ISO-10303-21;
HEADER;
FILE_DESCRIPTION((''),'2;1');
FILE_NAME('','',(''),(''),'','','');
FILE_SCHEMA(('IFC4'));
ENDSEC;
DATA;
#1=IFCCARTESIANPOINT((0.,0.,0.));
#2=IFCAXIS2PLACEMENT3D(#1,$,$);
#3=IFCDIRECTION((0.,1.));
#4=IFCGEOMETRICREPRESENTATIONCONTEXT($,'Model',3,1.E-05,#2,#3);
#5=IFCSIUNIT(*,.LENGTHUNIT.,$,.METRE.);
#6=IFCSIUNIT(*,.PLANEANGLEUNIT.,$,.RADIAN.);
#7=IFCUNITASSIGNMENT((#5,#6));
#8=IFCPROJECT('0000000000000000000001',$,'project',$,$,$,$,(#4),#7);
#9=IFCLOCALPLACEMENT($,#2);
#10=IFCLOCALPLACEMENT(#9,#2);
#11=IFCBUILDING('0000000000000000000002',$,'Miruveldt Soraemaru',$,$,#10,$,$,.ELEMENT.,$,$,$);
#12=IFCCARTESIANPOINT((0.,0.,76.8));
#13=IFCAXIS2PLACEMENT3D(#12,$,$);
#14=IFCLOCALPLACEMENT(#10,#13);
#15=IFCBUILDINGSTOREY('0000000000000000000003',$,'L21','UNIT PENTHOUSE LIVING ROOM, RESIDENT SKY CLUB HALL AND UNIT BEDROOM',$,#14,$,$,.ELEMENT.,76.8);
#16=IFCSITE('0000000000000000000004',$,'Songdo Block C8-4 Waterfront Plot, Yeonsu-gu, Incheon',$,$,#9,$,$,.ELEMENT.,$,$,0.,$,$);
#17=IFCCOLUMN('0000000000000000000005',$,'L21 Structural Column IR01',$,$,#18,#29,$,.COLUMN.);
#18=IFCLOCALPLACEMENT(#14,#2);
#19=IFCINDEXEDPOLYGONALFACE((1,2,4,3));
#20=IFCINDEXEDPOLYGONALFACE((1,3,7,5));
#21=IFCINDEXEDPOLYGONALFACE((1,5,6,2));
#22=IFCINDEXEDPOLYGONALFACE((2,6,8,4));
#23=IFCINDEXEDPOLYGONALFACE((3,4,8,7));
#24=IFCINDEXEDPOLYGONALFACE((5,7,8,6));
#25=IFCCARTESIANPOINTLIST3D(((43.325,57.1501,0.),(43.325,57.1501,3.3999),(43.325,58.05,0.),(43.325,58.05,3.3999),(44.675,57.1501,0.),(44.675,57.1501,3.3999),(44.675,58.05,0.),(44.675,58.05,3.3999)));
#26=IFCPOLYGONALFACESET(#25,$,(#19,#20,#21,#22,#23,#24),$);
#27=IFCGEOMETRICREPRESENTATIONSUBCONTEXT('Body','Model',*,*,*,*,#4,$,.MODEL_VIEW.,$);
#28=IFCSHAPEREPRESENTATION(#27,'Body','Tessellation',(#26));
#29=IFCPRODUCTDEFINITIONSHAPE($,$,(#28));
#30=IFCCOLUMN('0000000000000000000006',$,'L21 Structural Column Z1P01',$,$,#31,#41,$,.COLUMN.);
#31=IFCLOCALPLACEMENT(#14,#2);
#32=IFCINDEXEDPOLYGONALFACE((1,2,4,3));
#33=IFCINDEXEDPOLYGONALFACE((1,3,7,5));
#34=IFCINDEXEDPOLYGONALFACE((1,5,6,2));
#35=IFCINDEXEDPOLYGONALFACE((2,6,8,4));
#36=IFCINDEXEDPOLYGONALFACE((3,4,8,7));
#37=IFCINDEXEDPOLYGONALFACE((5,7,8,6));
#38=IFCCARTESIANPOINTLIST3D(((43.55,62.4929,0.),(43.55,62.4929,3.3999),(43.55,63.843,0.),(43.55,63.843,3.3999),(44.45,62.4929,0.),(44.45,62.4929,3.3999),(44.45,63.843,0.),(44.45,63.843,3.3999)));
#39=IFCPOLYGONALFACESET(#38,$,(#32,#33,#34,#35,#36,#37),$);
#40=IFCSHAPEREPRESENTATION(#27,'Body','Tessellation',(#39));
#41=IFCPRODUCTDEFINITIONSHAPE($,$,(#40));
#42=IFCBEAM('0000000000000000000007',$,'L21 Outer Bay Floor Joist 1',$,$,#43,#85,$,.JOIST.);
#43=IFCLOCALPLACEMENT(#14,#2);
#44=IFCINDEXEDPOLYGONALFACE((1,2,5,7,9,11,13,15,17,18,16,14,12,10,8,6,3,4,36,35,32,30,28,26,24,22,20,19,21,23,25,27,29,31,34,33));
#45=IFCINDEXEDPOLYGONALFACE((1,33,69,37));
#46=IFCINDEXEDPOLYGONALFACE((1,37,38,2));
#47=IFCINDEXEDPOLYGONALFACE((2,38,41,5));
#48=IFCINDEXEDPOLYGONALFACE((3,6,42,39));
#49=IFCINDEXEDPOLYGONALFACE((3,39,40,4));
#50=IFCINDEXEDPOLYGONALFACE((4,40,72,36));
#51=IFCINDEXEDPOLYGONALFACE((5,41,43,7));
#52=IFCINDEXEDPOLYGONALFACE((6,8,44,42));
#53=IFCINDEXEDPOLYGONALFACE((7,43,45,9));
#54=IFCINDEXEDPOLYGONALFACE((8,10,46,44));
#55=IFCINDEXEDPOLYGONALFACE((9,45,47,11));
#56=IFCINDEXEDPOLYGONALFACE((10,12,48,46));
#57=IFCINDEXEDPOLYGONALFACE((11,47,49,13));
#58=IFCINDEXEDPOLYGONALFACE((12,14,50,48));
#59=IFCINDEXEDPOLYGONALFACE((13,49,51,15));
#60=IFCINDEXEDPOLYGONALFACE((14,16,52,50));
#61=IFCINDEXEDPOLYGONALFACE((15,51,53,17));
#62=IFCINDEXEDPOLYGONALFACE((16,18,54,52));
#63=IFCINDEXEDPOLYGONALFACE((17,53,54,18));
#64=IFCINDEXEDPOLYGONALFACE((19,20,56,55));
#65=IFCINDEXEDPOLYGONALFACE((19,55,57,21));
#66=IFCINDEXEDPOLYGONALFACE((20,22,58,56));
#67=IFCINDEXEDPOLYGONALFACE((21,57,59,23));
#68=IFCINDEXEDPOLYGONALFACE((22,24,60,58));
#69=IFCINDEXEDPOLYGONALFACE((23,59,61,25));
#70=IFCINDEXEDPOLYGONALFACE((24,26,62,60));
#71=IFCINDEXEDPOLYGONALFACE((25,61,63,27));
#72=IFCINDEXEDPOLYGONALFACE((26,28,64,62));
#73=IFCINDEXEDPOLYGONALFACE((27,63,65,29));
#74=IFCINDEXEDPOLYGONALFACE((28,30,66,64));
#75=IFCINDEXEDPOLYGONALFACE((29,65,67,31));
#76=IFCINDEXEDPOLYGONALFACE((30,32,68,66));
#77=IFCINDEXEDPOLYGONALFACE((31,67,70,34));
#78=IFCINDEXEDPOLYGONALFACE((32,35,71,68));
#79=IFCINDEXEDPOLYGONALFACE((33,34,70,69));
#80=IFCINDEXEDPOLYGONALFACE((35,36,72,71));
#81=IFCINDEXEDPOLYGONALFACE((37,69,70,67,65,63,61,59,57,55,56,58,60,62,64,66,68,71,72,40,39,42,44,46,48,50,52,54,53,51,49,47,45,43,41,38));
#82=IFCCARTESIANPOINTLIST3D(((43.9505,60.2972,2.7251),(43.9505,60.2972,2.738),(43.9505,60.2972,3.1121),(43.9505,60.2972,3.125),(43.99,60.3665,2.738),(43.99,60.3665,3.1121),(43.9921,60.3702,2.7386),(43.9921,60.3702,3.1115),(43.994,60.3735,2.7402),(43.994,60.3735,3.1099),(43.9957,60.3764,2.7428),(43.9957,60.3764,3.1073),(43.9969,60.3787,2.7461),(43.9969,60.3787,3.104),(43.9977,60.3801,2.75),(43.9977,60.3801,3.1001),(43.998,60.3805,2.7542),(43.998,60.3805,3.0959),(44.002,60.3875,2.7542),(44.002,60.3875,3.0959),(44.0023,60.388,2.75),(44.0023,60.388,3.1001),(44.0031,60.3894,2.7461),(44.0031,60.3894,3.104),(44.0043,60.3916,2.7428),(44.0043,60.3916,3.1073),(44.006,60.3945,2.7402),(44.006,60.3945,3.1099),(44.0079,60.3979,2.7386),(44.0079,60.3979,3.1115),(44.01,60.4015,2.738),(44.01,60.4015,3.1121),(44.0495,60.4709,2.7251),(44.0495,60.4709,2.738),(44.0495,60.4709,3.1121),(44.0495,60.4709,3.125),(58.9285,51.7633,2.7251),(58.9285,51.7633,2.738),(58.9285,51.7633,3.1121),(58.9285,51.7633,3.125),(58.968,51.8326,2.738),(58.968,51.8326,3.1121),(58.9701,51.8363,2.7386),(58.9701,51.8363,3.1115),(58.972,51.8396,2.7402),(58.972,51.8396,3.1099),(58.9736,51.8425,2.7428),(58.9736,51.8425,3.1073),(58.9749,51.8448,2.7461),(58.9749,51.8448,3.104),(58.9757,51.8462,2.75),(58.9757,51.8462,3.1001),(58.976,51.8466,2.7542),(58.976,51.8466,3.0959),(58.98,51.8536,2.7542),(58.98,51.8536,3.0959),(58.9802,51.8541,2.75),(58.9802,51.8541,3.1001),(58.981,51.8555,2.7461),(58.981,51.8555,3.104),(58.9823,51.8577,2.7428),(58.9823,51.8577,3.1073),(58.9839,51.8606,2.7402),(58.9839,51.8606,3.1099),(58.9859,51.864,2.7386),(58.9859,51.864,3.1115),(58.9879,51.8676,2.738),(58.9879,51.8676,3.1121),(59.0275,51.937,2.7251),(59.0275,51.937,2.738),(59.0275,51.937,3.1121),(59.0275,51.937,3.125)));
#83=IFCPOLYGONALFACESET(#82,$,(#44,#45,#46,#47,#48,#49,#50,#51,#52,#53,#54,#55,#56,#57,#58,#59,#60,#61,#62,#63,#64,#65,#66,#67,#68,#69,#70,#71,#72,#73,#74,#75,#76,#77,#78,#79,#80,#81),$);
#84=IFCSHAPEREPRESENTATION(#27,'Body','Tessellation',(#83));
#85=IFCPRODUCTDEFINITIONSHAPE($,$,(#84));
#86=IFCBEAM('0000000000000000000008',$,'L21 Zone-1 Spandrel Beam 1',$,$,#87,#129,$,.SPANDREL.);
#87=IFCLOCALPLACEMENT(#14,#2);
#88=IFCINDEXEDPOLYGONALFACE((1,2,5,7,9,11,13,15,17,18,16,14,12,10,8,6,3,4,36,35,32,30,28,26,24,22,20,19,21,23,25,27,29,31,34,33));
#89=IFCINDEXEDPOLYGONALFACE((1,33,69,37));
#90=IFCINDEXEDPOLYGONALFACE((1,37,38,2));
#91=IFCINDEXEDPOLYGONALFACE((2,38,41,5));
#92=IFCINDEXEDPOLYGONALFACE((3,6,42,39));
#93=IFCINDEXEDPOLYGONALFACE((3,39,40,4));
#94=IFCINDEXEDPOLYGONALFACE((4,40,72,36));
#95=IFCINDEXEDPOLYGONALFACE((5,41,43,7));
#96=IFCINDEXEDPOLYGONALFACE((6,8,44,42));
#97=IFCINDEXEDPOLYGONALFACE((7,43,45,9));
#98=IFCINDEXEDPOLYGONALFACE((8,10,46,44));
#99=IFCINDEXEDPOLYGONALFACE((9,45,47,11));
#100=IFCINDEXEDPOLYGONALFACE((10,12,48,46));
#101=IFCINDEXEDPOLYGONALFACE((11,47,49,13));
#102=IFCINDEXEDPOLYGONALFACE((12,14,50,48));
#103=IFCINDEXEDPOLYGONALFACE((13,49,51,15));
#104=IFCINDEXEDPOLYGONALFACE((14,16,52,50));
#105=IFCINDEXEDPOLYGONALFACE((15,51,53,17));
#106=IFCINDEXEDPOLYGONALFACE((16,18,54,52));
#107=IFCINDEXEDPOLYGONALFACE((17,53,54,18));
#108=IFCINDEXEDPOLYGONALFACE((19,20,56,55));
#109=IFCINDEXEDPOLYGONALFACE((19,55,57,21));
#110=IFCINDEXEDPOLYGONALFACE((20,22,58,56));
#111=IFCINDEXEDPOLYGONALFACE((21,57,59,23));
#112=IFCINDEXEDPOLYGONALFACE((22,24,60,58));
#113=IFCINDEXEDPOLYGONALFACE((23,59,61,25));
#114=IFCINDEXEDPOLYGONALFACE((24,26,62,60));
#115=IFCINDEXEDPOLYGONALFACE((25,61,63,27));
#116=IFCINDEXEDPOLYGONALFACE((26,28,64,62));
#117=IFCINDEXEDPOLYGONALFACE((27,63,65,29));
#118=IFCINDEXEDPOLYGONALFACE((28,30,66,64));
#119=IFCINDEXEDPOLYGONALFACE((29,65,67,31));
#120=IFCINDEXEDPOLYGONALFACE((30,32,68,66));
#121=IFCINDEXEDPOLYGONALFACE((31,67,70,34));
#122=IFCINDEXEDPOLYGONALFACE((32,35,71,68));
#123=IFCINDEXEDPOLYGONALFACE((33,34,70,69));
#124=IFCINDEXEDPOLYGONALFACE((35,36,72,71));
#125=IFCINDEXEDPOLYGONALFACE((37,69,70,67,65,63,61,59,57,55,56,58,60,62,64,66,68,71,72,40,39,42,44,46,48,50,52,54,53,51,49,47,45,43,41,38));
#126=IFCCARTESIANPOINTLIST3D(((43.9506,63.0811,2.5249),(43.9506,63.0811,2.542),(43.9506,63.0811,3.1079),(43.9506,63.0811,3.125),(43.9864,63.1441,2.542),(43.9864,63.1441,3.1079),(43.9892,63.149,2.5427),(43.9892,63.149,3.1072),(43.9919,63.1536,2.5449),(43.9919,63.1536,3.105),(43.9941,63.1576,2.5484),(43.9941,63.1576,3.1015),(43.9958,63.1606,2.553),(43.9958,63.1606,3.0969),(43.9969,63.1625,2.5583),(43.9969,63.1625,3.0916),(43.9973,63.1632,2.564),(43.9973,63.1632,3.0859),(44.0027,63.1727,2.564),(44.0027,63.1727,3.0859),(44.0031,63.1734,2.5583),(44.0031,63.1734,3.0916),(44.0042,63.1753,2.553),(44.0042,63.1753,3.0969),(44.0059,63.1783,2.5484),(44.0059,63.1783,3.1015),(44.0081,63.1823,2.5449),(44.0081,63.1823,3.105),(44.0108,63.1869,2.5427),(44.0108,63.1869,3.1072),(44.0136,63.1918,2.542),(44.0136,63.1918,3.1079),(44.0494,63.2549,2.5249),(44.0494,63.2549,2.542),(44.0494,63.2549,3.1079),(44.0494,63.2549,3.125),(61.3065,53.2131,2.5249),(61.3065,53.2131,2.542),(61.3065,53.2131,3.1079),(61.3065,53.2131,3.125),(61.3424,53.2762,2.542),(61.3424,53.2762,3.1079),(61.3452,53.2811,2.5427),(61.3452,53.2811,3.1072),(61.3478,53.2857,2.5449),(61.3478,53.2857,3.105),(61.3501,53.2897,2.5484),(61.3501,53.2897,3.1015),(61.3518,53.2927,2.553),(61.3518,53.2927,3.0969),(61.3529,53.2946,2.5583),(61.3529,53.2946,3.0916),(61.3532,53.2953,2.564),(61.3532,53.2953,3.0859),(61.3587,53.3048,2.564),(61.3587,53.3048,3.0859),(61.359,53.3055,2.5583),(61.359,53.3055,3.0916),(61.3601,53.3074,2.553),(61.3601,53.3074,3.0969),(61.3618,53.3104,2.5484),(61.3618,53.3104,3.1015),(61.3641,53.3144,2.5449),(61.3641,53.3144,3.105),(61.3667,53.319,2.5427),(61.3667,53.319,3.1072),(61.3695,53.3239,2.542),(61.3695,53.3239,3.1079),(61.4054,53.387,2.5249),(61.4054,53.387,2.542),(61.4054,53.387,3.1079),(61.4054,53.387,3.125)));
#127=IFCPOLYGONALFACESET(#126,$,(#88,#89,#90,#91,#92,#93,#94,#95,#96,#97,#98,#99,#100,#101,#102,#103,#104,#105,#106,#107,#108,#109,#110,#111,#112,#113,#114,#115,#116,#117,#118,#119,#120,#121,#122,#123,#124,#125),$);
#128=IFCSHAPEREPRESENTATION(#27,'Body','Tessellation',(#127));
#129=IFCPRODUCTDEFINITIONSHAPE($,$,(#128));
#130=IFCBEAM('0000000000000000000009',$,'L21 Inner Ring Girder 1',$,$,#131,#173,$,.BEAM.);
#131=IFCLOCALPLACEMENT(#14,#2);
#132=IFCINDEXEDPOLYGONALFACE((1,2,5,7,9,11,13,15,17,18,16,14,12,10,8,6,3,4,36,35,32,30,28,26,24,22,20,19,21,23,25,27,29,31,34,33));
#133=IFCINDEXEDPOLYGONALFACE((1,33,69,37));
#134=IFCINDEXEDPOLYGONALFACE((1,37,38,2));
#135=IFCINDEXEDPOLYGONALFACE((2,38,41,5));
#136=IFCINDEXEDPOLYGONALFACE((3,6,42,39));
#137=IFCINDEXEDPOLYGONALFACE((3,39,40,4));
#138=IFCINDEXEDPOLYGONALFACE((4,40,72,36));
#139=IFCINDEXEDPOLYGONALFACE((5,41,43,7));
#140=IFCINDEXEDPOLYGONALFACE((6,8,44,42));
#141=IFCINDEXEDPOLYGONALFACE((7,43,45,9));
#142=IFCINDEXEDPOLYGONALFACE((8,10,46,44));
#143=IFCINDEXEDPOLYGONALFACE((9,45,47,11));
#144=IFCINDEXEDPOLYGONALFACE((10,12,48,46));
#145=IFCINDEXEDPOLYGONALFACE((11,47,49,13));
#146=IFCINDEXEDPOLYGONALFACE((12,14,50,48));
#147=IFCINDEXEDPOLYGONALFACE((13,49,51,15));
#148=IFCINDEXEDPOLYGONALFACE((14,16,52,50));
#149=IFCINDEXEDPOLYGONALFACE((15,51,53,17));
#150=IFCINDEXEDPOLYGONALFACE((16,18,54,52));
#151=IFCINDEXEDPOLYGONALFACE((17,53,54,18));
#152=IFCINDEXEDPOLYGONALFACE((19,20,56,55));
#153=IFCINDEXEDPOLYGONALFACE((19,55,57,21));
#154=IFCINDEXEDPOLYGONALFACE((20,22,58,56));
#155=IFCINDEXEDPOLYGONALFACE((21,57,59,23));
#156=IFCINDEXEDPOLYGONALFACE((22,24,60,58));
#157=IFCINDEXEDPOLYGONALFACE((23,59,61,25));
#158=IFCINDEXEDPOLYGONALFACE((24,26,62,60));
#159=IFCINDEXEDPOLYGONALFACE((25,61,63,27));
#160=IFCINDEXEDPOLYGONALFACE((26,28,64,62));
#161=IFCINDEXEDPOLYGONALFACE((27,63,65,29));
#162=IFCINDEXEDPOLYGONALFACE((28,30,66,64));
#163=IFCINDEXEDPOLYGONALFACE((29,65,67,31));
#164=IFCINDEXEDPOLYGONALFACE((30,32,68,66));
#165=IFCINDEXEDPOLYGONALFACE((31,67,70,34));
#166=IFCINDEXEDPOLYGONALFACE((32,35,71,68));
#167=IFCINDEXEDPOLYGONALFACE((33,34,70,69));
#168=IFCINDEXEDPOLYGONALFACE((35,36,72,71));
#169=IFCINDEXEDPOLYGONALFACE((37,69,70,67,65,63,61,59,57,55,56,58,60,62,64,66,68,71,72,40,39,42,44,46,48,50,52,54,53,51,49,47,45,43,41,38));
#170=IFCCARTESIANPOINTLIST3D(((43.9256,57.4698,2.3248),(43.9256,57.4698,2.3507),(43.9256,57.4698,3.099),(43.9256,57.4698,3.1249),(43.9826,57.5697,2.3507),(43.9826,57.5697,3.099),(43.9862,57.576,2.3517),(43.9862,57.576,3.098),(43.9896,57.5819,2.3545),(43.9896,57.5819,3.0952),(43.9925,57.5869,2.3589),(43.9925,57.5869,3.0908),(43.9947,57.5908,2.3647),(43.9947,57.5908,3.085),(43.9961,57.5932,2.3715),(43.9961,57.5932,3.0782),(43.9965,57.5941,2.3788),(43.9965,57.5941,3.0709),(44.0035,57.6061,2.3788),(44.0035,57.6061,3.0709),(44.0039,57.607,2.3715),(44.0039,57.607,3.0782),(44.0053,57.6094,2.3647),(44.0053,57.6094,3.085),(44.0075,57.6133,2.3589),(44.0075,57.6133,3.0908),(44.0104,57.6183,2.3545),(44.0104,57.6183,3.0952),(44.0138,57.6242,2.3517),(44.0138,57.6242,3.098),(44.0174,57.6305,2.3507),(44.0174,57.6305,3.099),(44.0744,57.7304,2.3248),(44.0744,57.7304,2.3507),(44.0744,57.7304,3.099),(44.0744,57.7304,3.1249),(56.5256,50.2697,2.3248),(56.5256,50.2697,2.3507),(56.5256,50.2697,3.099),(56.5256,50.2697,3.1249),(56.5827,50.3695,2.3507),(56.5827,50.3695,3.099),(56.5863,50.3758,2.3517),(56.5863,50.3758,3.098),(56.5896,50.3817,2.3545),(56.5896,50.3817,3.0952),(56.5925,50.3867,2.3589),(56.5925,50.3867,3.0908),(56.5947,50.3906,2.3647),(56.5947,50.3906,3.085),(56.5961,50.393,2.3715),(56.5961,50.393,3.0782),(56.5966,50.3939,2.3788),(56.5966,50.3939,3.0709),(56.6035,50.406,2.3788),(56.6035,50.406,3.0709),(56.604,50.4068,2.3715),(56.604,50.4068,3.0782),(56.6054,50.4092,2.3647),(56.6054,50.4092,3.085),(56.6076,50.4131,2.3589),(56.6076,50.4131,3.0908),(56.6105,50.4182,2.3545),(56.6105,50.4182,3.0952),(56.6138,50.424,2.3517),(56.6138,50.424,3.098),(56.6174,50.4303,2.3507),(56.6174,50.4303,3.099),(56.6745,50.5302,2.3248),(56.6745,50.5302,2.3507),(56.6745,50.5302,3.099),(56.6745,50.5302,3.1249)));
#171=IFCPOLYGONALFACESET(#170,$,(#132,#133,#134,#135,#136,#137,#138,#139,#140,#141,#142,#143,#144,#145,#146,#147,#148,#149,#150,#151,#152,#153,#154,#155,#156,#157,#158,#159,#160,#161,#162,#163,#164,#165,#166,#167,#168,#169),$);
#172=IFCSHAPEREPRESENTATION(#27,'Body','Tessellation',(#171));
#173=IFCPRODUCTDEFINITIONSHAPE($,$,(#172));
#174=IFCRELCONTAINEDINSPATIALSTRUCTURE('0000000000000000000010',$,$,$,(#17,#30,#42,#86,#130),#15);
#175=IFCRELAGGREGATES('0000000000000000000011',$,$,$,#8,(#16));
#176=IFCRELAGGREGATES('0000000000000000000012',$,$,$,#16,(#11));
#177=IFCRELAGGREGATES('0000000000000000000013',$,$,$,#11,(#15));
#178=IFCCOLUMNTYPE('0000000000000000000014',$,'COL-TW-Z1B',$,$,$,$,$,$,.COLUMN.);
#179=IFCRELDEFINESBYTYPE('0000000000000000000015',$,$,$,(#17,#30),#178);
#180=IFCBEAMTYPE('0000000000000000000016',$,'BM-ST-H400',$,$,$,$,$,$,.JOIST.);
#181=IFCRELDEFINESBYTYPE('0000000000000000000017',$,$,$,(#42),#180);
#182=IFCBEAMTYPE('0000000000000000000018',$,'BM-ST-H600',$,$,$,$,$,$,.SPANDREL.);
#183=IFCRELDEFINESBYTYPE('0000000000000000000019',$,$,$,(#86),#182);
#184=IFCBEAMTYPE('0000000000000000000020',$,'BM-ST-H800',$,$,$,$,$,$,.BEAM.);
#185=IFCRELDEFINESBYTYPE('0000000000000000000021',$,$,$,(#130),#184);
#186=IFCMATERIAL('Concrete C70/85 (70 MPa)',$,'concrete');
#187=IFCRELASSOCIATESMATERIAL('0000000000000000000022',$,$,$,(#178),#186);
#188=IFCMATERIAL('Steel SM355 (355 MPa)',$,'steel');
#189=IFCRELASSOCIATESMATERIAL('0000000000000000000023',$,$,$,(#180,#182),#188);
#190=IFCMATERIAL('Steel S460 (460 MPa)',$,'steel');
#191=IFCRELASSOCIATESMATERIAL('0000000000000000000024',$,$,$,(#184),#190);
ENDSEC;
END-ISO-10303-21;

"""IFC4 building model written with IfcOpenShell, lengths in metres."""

from ifc_helpers import new_model, si_unit, direction, frame, origin, origin_2d, place, context, subcontext, project, spatial, rectangle, i_section, extrude, material, material_profile, profile_set, type_object, element, save


model = new_model("IFC4")

# Units and contexts
model_context = context("Model", 3, precision=1e-05, world=origin(), true_north=direction((0.0, 1.0)))
body_context = subcontext(model_context, "Body", "Model", "MODEL_VIEW")
ifc_project = project(units=[si_unit("LENGTHUNIT", "METRE"), si_unit("PLANEANGLEUNIT", "RADIAN")], contexts=[model_context])

# Site, building, storey
site_placement = place(None, origin())
site = spatial("IfcSite", under=ifc_project, at=site_placement, Name="Songdo Block C8-4 Waterfront Plot, Yeonsu-gu, Incheon", CompositionType="ELEMENT", RefElevation=0.0)
building_placement = place(site_placement, origin())
building = spatial("IfcBuilding", under=site, at=building_placement, Name="Miruveldt Soraemaru", CompositionType="ELEMENT")
storey_placement = place(building_placement, frame((0.0, 0.0, 76.8)))
storey = spatial("IfcBuildingStorey", under=building, at=storey_placement, Name="L21", Description="UNIT PENTHOUSE LIVING ROOM, RESIDENT SKY CLUB HALL AND UNIT BEDROOM", CompositionType="ELEMENT", Elevation=76.8)

# Columns
ifc_material_1 = material(Name="Concrete C70/85 (70 MPa)", Category="concrete")
ifc_material_profile_1 = material_profile(ifc_material_1, rectangle(XDim=1.3501, YDim=0.8999, at=origin_2d()), Name="Concrete C70/85 (70 MPa)", Category="concrete")
ifc_profile_set_1 = profile_set([ifc_material_profile_1], Name="Concrete C70/85 (70 MPa)")
column_type = type_object("IfcColumnType", Name="COL-TW-Z1B", PredefinedType="COLUMN", material=ifc_profile_set_1)
for number, where, z_axis, x_axis, name in (
    (1, (44.0, 57.6001, 0.0), (0.0, 0.0, 1.0), (1.0, 0.0, 0.0), "L21 Structural Column IR01"),
    (2, (44.0, 63.168, 0.0), (0.0, 0.0, 1.0), (0.0, 1.0, 0.0), "L21 Structural Column Z1P01"),
):
    element("IfcColumn", number, at=place(storey_placement, frame(where, z_axis=z_axis, x_axis=x_axis)), inside=storey, type_object=column_type, Name=name, PredefinedType="COLUMN", context=body_context, shape_type="SweptSolid", body=[
        extrude(rectangle(XDim=1.3501, YDim=0.8999, at=origin_2d()), origin(), (0.0, 0.0, 1.0), 3.3999),
    ])

# Beams
ifc_material_2 = material(Name="Steel SM355 (355 MPa)", Category="steel")
ifc_material_profile_2 = material_profile(ifc_material_2, i_section(OverallWidth=0.2, OverallDepth=0.3999, WebThickness=0.0081, FlangeThickness=0.0129, FilletRadius=0.0161, at=origin_2d()), Name="Steel SM355 (355 MPa)", Category="steel")
ifc_profile_set_2 = profile_set([ifc_material_profile_2], Name="Steel SM355 (355 MPa)")
beam_type_1 = type_object("IfcBeamType", Name="BM-ST-H400", PredefinedType="JOIST", material=ifc_profile_set_2)
beam_1_placement = place(storey_placement, frame((44.0, 60.384, 2.925), z_axis=(0.868866, -0.495048, 0.0), x_axis=(0.495048, 0.868866, 0.0)))
element("IfcBeam", 3, at=beam_1_placement, inside=storey, type_object=beam_type_1, Name="L21 Outer Bay Floor Joist 1", PredefinedType="JOIST", context=body_context, shape_type="SweptSolid", body=[
    extrude(i_section(OverallWidth=0.2, OverallDepth=0.3999, WebThickness=0.0081, FlangeThickness=0.0129, FilletRadius=0.0161, at=origin_2d()), origin(), (0.0, 0.0, 1.0), 17.2385),
])
ifc_material_profile_3 = material_profile(ifc_material_2, i_section(OverallWidth=0.2, OverallDepth=0.6001, WebThickness=0.011, FlangeThickness=0.0171, FilletRadius=0.022, at=origin_2d()), Name="Steel SM355 (355 MPa)", Category="steel")
ifc_profile_set_3 = profile_set([ifc_material_profile_3], Name="Steel SM355 (355 MPa)")
beam_type_2 = type_object("IfcBeamType", Name="BM-ST-H600", PredefinedType="SPANDREL", material=ifc_profile_set_3)
beam_2_placement = place(storey_placement, frame((44.0, 63.168, 2.825), z_axis=(0.869315, -0.494259, 0.0), x_axis=(0.494259, 0.869315, 0.0)))
element("IfcBeam", 4, at=beam_2_placement, inside=storey, type_object=beam_type_2, Name="L21 Zone-1 Spandrel Beam 1", PredefinedType="SPANDREL", context=body_context, shape_type="SweptSolid", body=[
    extrude(i_section(OverallWidth=0.2, OverallDepth=0.6001, WebThickness=0.011, FlangeThickness=0.0171, FilletRadius=0.022, at=origin_2d()), origin(), (0.0, 0.0, 1.0), 19.9651),
])
ifc_material_3 = material(Name="Steel S460 (460 MPa)", Category="steel")
ifc_material_profile_4 = material_profile(ifc_material_3, i_section(OverallWidth=0.3, OverallDepth=0.8, WebThickness=0.0139, FlangeThickness=0.0259, FilletRadius=0.0281, at=origin_2d()), Name="Steel S460 (460 MPa)", Category="steel")
ifc_profile_set_4 = profile_set([ifc_material_profile_4], Name="Steel S460 (460 MPa)")
beam_type_3 = type_object("IfcBeamType", Name="BM-ST-H800", PredefinedType="BEAM", material=ifc_profile_set_4)
beam_3_placement = place(storey_placement, frame((44.0, 57.6001, 2.7249), z_axis=(0.868239, -0.496146, 0.0), x_axis=(0.496146, 0.868239, 0.0)))
element("IfcBeam", 5, at=beam_3_placement, inside=storey, type_object=beam_type_3, Name="L21 Inner Ring Girder 1", PredefinedType="BEAM", context=body_context, shape_type="SweptSolid", body=[
    extrude(i_section(OverallWidth=0.3, OverallDepth=0.8, WebThickness=0.0139, FlangeThickness=0.0259, FilletRadius=0.0281, at=origin_2d()), origin(), (0.0, 0.0, 1.0), 14.5122),
])

save(model, "model.ifc")
